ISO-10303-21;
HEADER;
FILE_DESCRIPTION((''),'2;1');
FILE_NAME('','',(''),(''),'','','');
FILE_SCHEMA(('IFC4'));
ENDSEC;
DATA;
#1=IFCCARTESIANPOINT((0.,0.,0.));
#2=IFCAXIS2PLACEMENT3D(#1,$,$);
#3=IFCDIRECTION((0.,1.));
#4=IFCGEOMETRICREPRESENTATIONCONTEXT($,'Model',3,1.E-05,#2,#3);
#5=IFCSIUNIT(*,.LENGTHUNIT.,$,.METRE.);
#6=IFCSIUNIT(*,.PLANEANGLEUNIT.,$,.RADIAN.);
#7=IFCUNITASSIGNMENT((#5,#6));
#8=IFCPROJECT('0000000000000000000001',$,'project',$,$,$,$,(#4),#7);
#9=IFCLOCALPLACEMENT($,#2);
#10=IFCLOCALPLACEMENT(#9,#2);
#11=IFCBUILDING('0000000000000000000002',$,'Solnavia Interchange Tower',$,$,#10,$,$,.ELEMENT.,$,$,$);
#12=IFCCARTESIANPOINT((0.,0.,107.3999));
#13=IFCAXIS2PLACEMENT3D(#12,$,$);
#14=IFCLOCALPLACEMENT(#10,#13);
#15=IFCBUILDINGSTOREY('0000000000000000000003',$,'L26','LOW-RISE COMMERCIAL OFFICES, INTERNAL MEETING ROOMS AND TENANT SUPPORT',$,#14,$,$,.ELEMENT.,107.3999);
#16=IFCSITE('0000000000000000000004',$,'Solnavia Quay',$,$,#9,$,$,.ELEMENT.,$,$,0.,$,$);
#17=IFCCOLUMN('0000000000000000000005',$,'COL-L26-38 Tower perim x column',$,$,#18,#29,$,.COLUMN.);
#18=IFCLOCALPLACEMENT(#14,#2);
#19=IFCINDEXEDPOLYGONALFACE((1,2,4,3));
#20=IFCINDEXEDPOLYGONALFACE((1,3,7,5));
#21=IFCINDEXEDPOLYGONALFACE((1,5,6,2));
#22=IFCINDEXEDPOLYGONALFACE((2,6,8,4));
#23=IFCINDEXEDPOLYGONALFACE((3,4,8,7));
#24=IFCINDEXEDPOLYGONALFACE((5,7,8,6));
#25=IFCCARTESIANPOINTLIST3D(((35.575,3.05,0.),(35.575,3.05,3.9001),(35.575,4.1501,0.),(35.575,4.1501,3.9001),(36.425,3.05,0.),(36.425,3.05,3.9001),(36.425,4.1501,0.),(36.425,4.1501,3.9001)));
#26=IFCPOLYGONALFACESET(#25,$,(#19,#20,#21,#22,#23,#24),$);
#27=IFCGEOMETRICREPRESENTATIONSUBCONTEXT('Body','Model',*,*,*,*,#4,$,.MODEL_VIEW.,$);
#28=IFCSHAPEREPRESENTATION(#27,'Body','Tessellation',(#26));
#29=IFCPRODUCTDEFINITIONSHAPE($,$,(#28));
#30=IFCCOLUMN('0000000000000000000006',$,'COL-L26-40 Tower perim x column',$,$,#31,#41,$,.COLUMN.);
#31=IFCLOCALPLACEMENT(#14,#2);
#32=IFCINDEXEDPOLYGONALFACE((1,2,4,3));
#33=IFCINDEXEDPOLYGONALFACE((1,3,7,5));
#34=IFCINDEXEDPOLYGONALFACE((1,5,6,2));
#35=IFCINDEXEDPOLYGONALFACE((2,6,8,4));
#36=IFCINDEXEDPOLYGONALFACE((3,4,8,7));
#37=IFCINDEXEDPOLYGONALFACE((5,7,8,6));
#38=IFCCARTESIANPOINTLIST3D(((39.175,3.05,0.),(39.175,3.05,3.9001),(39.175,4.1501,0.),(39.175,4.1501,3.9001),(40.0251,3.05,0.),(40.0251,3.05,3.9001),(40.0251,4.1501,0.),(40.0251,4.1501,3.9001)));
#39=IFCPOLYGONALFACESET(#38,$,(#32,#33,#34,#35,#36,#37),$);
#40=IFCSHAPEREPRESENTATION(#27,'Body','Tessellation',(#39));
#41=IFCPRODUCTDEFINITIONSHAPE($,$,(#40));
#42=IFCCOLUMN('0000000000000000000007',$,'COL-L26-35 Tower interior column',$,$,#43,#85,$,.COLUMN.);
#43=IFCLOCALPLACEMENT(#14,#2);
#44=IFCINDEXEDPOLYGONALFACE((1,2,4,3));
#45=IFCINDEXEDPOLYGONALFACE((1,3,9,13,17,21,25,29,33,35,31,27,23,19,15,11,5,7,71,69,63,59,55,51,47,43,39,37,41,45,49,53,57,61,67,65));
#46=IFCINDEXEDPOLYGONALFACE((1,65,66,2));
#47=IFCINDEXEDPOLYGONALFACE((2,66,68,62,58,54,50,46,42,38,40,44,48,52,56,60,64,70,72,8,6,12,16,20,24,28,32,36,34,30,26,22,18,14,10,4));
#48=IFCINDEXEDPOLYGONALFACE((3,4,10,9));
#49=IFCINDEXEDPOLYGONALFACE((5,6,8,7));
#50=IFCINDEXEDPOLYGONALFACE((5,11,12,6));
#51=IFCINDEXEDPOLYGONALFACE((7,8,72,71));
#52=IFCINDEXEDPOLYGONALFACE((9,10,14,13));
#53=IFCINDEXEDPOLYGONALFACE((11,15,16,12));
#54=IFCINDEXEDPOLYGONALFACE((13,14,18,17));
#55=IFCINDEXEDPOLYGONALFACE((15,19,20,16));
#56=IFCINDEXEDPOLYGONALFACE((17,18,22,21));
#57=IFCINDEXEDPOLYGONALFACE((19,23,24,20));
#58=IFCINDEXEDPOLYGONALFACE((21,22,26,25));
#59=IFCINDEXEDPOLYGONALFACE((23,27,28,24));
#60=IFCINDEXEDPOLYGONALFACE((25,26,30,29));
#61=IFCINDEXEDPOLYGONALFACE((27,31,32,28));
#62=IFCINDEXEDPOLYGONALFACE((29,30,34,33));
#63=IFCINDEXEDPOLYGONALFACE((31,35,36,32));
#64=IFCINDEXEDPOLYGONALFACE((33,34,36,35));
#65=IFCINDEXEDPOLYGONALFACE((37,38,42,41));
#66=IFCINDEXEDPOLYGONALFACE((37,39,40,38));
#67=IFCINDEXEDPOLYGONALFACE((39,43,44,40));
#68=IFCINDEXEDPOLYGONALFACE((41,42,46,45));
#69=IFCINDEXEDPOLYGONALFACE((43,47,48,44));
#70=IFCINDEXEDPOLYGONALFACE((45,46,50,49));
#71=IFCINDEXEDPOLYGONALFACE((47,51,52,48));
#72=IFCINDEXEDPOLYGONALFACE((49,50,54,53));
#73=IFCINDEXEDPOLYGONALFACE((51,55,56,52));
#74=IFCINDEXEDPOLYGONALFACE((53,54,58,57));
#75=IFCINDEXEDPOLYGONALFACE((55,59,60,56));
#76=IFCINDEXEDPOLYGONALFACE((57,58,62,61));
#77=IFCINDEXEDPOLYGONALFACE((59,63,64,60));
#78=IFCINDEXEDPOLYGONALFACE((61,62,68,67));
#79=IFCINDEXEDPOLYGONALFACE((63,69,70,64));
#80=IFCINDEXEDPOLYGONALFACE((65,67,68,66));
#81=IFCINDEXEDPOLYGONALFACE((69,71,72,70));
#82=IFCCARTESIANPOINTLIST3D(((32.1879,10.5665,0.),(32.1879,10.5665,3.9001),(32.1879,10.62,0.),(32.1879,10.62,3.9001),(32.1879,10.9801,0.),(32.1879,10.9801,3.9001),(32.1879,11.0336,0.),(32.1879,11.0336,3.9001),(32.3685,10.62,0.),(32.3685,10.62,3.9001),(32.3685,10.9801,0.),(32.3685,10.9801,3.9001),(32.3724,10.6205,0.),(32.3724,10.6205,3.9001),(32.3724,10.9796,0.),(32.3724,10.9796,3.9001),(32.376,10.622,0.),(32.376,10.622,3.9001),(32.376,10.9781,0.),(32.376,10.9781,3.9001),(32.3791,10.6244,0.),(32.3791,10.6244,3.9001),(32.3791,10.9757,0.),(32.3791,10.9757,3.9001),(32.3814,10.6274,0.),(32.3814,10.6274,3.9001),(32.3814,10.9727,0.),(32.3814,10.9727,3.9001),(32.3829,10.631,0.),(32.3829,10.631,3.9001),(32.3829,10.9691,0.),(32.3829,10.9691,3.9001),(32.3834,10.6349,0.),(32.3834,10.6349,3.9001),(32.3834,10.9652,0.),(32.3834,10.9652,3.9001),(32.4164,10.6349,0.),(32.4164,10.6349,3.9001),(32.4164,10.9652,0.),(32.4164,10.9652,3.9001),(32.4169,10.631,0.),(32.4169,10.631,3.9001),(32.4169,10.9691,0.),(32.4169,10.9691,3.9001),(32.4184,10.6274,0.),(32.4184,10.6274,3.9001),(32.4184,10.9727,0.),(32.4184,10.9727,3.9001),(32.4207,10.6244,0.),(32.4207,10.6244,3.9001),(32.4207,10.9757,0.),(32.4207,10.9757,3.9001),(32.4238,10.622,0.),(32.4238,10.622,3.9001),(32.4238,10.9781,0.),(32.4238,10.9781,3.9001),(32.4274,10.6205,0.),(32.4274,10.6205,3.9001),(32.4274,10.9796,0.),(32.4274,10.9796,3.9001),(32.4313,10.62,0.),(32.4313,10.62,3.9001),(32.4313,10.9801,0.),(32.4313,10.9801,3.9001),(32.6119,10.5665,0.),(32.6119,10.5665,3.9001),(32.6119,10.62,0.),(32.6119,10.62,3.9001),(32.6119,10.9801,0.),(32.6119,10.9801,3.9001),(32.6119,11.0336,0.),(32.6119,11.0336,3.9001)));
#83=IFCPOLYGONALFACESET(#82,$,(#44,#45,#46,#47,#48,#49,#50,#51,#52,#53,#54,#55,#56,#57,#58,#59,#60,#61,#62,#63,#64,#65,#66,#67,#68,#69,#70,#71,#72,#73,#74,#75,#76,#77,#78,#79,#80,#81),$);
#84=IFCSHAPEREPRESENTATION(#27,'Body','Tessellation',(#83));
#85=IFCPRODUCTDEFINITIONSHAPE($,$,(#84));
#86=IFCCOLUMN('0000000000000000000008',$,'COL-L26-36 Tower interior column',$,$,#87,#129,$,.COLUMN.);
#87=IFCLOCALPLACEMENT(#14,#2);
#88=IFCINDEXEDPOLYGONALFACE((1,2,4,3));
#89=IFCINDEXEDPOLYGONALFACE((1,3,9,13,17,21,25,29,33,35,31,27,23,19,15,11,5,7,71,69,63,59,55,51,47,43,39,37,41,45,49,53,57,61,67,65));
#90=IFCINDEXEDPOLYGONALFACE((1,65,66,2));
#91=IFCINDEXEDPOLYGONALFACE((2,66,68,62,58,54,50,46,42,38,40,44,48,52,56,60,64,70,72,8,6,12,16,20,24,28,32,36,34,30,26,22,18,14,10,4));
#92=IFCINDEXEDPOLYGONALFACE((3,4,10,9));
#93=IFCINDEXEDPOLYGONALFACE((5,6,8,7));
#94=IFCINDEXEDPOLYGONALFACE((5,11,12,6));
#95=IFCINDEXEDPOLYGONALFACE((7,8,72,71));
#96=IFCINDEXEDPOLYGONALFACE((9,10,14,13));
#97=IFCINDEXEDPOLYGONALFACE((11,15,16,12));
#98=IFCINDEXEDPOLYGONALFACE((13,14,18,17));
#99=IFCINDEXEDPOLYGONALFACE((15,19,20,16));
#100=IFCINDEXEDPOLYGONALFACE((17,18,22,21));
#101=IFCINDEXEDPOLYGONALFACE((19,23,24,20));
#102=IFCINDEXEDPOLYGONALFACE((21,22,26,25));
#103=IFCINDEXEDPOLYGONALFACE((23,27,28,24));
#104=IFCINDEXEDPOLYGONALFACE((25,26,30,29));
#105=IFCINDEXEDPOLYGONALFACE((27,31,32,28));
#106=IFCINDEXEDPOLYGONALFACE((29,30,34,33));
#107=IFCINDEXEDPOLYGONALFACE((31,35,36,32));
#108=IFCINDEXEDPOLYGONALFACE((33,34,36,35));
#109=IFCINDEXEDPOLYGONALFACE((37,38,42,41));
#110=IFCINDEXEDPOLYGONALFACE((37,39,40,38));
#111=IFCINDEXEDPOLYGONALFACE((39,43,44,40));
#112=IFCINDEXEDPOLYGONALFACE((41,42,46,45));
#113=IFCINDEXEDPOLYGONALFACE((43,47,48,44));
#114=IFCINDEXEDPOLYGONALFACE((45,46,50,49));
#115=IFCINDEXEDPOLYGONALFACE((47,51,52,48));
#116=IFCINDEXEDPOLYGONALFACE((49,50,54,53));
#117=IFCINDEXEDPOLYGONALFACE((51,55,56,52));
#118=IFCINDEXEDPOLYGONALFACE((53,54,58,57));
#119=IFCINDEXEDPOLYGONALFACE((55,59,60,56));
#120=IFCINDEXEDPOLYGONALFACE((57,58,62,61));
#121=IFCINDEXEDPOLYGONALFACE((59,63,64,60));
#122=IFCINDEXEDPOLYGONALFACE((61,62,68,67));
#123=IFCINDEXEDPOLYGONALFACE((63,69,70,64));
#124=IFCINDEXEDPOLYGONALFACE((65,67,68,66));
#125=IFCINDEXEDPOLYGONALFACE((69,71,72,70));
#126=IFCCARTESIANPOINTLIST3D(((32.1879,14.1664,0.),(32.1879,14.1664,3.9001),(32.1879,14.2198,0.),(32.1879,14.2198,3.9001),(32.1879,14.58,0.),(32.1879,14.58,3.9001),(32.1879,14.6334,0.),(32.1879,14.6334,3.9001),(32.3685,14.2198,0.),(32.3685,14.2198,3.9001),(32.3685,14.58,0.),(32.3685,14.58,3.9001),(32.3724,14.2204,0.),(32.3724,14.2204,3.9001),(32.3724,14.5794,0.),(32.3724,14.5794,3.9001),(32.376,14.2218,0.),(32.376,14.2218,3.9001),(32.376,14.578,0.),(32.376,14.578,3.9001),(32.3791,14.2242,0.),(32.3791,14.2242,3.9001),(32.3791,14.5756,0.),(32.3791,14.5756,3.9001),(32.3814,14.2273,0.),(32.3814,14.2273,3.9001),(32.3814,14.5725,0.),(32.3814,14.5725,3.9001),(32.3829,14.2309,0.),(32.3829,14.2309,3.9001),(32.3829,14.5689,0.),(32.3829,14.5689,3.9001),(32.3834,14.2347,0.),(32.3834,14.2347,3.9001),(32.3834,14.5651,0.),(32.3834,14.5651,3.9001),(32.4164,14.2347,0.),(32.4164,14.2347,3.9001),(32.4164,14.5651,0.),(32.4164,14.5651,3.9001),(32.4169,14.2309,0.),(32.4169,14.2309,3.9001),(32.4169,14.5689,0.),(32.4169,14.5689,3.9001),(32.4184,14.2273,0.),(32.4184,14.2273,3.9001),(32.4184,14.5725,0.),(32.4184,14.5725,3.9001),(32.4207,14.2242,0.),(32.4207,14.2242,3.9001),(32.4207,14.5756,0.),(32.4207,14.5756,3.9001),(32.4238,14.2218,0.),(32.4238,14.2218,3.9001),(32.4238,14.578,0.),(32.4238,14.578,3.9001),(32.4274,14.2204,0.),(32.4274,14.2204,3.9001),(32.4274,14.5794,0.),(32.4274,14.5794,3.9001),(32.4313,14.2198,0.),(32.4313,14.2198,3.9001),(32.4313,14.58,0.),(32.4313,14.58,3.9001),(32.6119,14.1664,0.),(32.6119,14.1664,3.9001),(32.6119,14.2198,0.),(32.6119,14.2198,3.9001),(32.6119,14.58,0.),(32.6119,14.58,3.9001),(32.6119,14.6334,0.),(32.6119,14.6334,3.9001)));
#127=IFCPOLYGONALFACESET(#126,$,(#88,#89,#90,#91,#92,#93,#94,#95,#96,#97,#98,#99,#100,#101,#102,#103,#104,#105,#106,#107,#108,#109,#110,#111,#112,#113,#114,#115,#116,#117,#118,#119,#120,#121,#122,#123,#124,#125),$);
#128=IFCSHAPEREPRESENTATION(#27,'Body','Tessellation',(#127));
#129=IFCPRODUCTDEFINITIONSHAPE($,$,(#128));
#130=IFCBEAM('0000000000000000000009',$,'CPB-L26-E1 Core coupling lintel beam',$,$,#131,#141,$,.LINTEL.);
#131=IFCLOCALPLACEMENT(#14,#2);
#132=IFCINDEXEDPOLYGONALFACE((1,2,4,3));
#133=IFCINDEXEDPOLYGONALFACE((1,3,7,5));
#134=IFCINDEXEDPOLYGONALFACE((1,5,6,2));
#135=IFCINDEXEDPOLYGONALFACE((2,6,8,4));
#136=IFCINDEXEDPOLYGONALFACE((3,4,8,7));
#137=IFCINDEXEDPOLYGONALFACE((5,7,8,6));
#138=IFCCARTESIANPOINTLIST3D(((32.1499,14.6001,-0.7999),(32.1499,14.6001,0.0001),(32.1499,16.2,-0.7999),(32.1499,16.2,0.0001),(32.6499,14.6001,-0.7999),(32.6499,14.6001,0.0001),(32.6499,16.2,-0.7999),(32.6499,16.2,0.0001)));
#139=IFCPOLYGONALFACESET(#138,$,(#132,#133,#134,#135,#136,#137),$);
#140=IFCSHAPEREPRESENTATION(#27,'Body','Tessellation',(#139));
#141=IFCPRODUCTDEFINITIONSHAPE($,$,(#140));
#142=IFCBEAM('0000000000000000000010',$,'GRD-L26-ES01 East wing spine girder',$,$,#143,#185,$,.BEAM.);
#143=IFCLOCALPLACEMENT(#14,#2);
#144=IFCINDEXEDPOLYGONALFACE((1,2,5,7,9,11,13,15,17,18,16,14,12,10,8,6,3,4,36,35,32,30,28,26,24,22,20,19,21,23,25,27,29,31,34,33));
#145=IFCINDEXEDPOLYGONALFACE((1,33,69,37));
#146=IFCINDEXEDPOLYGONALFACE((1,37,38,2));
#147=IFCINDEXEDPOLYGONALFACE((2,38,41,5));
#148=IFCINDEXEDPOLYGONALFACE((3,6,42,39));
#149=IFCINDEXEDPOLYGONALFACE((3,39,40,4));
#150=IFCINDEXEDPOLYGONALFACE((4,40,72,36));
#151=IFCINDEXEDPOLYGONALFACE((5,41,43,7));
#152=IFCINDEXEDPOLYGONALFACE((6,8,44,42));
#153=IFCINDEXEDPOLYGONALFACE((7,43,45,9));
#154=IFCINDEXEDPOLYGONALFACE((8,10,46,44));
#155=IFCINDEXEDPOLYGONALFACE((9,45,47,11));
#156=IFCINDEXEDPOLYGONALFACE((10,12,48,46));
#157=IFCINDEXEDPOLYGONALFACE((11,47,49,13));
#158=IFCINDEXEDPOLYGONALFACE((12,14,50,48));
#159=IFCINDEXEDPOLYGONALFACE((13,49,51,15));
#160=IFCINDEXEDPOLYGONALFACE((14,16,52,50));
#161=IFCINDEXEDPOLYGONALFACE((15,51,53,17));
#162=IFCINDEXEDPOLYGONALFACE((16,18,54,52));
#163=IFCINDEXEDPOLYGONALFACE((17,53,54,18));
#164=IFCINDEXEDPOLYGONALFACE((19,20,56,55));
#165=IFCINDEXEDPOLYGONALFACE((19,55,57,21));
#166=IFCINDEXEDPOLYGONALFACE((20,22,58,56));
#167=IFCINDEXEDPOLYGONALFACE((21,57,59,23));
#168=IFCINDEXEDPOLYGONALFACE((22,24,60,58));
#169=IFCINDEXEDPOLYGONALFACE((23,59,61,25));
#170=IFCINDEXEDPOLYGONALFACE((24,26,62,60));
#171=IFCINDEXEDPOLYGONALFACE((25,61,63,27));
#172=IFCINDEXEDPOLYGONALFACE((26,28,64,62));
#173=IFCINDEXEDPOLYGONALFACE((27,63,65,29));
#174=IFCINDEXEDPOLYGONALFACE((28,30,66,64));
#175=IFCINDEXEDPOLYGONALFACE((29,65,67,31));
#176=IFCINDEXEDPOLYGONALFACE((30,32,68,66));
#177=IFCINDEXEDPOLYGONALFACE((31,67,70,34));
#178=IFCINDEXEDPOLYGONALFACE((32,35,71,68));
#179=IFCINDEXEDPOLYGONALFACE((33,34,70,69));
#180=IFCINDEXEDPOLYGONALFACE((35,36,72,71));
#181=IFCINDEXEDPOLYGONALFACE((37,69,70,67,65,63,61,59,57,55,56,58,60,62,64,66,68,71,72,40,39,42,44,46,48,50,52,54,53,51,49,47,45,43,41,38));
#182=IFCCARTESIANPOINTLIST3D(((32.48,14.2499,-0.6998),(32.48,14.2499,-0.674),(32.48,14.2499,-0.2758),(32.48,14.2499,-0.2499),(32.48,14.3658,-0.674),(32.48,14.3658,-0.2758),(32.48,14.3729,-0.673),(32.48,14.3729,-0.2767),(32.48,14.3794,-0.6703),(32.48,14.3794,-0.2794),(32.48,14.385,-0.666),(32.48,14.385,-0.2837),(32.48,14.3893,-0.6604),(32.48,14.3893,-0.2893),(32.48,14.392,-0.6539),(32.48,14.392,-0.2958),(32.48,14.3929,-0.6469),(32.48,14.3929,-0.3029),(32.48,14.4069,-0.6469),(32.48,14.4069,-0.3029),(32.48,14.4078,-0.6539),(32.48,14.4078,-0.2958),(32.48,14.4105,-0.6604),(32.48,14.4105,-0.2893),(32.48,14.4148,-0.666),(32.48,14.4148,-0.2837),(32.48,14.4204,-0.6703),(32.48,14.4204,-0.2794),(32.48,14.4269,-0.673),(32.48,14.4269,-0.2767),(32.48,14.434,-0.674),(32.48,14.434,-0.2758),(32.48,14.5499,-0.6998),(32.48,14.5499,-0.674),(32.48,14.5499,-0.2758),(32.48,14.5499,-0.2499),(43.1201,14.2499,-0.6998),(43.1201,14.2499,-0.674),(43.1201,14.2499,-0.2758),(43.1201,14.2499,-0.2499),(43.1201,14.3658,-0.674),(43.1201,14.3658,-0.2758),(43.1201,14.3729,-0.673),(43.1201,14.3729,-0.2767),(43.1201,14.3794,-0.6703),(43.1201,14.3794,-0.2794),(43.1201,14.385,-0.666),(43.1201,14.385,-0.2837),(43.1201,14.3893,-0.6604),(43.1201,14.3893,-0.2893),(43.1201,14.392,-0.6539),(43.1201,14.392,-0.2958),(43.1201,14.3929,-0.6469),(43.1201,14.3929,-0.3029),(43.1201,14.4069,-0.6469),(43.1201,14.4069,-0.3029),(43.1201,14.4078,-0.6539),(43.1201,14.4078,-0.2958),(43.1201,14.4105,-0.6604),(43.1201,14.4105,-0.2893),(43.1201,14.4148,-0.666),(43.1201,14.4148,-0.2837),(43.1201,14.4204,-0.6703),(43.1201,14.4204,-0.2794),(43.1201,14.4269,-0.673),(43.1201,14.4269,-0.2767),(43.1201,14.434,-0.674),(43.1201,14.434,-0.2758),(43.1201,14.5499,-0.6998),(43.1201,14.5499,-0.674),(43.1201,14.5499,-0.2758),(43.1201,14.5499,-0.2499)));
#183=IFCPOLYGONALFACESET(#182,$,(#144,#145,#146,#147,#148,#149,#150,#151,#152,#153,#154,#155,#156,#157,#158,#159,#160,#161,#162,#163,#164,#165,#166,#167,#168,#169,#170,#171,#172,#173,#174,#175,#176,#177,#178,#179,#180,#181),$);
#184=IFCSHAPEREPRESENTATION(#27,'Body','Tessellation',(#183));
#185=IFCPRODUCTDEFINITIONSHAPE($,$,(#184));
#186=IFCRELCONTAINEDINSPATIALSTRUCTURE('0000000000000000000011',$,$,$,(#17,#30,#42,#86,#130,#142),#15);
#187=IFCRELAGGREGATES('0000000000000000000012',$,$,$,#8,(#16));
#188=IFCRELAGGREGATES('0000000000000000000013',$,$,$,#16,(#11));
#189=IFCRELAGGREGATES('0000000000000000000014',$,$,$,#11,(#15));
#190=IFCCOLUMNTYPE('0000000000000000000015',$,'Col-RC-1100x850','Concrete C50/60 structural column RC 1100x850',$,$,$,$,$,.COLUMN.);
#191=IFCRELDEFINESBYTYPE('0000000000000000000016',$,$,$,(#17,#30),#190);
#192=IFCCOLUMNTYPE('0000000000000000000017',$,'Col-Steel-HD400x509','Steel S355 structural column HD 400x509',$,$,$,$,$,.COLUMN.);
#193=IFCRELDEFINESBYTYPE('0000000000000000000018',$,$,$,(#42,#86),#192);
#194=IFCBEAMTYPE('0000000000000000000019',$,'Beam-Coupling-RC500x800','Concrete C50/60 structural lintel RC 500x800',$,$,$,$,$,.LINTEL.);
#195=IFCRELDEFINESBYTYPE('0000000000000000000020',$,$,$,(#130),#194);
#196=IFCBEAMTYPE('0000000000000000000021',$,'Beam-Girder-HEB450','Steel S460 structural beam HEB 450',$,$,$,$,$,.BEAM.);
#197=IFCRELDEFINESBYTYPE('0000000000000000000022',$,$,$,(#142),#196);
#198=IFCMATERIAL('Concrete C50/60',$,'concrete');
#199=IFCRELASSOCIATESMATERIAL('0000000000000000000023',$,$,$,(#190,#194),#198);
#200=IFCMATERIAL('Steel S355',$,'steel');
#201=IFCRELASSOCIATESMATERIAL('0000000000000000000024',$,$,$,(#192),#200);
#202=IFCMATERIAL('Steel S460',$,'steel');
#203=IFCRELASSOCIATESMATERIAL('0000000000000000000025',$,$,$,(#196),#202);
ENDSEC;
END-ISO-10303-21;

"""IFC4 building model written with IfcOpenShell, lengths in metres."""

from ifc_helpers import new_model, si_unit, direction, frame, origin, origin_2d, place, context, subcontext, project, spatial, rectangle, i_section, extrude, material, material_profile, profile_set, type_object, element, save


model = new_model("IFC4")

# Units and contexts
model_context = context("Model", 3, precision=1e-05, world=origin(), true_north=direction((0.0, 1.0)))
body_context = subcontext(model_context, "Body", "Model", "MODEL_VIEW")
ifc_project = project(units=[si_unit("LENGTHUNIT", "METRE"), si_unit("PLANEANGLEUNIT", "RADIAN")], contexts=[model_context])

# Site, building, storey
site_placement = place(None, origin())
site = spatial("IfcSite", under=ifc_project, at=site_placement, Name="Solnavia Quay", CompositionType="ELEMENT", RefElevation=0.0)
building_placement = place(site_placement, origin())
building = spatial("IfcBuilding", under=site, at=building_placement, Name="Solnavia Interchange Tower", CompositionType="ELEMENT")
storey_placement = place(building_placement, frame((0.0, 0.0, 107.3999)))
storey = spatial("IfcBuildingStorey", under=building, at=storey_placement, Name="L26", Description="LOW-RISE COMMERCIAL OFFICES, INTERNAL MEETING ROOMS AND TENANT SUPPORT", CompositionType="ELEMENT", Elevation=107.3999)

# Columns
ifc_material_1 = material(Name="Concrete C50/60", Category="concrete")
ifc_material_profile_1 = material_profile(ifc_material_1, rectangle(XDim=0.8501, YDim=1.1001, at=origin_2d()), Name="RC 1100x850")
ifc_profile_set_1 = profile_set([ifc_material_profile_1], Name="Concrete C50/60")
column_type_1 = type_object("IfcColumnType", Name="Col-RC-1100x850", Description="Concrete C50/60 structural column RC 1100x850", PredefinedType="COLUMN", material=ifc_profile_set_1)
for number, where, z_axis, x_axis, name in (
    (1, (36.0, 3.6001, 0.0), (0.0, 0.0, 1.0), (1.0, 0.0, 0.0), "COL-L26-38 Tower perim x column"),
    (2, (39.6001, 3.6001, 0.0), (0.0, 0.0, 1.0), (1.0, 0.0, 0.0), "COL-L26-40 Tower perim x column"),
):
    element("IfcColumn", number, at=place(storey_placement, frame(where, z_axis=z_axis, x_axis=x_axis)), inside=storey, type_object=column_type_1, Name=name, PredefinedType="COLUMN", context=body_context, shape_type="SweptSolid", body=[
        extrude(rectangle(XDim=0.8501, YDim=1.1001, at=origin_2d()), origin(), (0.0, 0.0, 1.0), 3.9001),
    ])
ifc_material_2 = material(Name="Steel S355", Category="steel")
ifc_material_profile_2 = material_profile(ifc_material_2, i_section(OverallWidth=0.4241, OverallDepth=0.467, WebThickness=0.033, FlangeThickness=0.0535, FilletRadius=0.0149, at=origin_2d()), Name="HD 400x509")
ifc_profile_set_2 = profile_set([ifc_material_profile_2], Name="Steel S355")
column_type_2 = type_object("IfcColumnType", Name="Col-Steel-HD400x509", Description="Steel S355 structural column HD 400x509", PredefinedType="COLUMN", material=ifc_profile_set_2)
for number, where, z_axis, x_axis, name in (
    (3, (32.3999, 10.8, 0.0), (0.0, 0.0, 1.0), (1.0, 0.0, 0.0), "COL-L26-35 Tower interior column"),
    (4, (32.3999, 14.3999, 0.0), (0.0, 0.0, 1.0), (1.0, 0.0, 0.0), "COL-L26-36 Tower interior column"),
):
    element("IfcColumn", number, at=place(storey_placement, frame(where, z_axis=z_axis, x_axis=x_axis)), inside=storey, type_object=column_type_2, Name=name, PredefinedType="COLUMN", context=body_context, shape_type="SweptSolid", body=[
        extrude(i_section(OverallWidth=0.4241, OverallDepth=0.467, WebThickness=0.033, FlangeThickness=0.0535, FilletRadius=0.0149, at=origin_2d()), origin(), (0.0, 0.0, 1.0), 3.9001),
    ])

# Beams
ifc_material_profile_3 = material_profile(ifc_material_1, rectangle(XDim=0.5, YDim=0.8, at=origin_2d()), Name="RC 500x800")
ifc_profile_set_3 = profile_set([ifc_material_profile_3], Name="Concrete C50/60")
beam_type_1 = type_object("IfcBeamType", Name="Beam-Coupling-RC500x800", Description="Concrete C50/60 structural lintel RC 500x800", PredefinedType="LINTEL", material=ifc_profile_set_3)
beam_1_placement = place(storey_placement, frame((32.3999, 14.6001, -0.3999), z_axis=(0.0, 1.0, 0.0), x_axis=(-1.0, 0.0, 0.0)))
element("IfcBeam", 5, at=beam_1_placement, inside=storey, type_object=beam_type_1, Name="CPB-L26-E1 Core coupling lintel beam", PredefinedType="LINTEL", context=body_context, shape_type="SweptSolid", body=[
    extrude(rectangle(XDim=0.5, YDim=0.8, at=origin_2d()), origin(), (0.0, 0.0, 1.0), 1.5999),
])
ifc_material_3 = material(Name="Steel S460", Category="steel")
ifc_material_profile_4 = material_profile(ifc_material_3, i_section(OverallWidth=0.3, OverallDepth=0.45, WebThickness=0.0139, FlangeThickness=0.0259, FilletRadius=0.0271, at=origin_2d()), Name="HEB 450")
ifc_profile_set_4 = profile_set([ifc_material_profile_4], Name="Steel S460")
beam_type_2 = type_object("IfcBeamType", Name="Beam-Girder-HEB450", Description="Steel S460 structural beam HEB 450", PredefinedType="BEAM", material=ifc_profile_set_4)
beam_2_placement = place(storey_placement, frame((32.48, 14.3999, -0.4749), z_axis=(1.0, 0.0, 0.0), x_axis=(0.0, 1.0, 0.0)))
element("IfcBeam", 6, at=beam_2_placement, inside=storey, type_object=beam_type_2, Name="GRD-L26-ES01 East wing spine girder", PredefinedType="BEAM", context=body_context, shape_type="SweptSolid", body=[
    extrude(i_section(OverallWidth=0.3, OverallDepth=0.45, WebThickness=0.0139, FlangeThickness=0.0259, FilletRadius=0.0271, at=origin_2d()), origin(), (0.0, 0.0, 1.0), 10.6401),
])

save(model, "model.ifc")
